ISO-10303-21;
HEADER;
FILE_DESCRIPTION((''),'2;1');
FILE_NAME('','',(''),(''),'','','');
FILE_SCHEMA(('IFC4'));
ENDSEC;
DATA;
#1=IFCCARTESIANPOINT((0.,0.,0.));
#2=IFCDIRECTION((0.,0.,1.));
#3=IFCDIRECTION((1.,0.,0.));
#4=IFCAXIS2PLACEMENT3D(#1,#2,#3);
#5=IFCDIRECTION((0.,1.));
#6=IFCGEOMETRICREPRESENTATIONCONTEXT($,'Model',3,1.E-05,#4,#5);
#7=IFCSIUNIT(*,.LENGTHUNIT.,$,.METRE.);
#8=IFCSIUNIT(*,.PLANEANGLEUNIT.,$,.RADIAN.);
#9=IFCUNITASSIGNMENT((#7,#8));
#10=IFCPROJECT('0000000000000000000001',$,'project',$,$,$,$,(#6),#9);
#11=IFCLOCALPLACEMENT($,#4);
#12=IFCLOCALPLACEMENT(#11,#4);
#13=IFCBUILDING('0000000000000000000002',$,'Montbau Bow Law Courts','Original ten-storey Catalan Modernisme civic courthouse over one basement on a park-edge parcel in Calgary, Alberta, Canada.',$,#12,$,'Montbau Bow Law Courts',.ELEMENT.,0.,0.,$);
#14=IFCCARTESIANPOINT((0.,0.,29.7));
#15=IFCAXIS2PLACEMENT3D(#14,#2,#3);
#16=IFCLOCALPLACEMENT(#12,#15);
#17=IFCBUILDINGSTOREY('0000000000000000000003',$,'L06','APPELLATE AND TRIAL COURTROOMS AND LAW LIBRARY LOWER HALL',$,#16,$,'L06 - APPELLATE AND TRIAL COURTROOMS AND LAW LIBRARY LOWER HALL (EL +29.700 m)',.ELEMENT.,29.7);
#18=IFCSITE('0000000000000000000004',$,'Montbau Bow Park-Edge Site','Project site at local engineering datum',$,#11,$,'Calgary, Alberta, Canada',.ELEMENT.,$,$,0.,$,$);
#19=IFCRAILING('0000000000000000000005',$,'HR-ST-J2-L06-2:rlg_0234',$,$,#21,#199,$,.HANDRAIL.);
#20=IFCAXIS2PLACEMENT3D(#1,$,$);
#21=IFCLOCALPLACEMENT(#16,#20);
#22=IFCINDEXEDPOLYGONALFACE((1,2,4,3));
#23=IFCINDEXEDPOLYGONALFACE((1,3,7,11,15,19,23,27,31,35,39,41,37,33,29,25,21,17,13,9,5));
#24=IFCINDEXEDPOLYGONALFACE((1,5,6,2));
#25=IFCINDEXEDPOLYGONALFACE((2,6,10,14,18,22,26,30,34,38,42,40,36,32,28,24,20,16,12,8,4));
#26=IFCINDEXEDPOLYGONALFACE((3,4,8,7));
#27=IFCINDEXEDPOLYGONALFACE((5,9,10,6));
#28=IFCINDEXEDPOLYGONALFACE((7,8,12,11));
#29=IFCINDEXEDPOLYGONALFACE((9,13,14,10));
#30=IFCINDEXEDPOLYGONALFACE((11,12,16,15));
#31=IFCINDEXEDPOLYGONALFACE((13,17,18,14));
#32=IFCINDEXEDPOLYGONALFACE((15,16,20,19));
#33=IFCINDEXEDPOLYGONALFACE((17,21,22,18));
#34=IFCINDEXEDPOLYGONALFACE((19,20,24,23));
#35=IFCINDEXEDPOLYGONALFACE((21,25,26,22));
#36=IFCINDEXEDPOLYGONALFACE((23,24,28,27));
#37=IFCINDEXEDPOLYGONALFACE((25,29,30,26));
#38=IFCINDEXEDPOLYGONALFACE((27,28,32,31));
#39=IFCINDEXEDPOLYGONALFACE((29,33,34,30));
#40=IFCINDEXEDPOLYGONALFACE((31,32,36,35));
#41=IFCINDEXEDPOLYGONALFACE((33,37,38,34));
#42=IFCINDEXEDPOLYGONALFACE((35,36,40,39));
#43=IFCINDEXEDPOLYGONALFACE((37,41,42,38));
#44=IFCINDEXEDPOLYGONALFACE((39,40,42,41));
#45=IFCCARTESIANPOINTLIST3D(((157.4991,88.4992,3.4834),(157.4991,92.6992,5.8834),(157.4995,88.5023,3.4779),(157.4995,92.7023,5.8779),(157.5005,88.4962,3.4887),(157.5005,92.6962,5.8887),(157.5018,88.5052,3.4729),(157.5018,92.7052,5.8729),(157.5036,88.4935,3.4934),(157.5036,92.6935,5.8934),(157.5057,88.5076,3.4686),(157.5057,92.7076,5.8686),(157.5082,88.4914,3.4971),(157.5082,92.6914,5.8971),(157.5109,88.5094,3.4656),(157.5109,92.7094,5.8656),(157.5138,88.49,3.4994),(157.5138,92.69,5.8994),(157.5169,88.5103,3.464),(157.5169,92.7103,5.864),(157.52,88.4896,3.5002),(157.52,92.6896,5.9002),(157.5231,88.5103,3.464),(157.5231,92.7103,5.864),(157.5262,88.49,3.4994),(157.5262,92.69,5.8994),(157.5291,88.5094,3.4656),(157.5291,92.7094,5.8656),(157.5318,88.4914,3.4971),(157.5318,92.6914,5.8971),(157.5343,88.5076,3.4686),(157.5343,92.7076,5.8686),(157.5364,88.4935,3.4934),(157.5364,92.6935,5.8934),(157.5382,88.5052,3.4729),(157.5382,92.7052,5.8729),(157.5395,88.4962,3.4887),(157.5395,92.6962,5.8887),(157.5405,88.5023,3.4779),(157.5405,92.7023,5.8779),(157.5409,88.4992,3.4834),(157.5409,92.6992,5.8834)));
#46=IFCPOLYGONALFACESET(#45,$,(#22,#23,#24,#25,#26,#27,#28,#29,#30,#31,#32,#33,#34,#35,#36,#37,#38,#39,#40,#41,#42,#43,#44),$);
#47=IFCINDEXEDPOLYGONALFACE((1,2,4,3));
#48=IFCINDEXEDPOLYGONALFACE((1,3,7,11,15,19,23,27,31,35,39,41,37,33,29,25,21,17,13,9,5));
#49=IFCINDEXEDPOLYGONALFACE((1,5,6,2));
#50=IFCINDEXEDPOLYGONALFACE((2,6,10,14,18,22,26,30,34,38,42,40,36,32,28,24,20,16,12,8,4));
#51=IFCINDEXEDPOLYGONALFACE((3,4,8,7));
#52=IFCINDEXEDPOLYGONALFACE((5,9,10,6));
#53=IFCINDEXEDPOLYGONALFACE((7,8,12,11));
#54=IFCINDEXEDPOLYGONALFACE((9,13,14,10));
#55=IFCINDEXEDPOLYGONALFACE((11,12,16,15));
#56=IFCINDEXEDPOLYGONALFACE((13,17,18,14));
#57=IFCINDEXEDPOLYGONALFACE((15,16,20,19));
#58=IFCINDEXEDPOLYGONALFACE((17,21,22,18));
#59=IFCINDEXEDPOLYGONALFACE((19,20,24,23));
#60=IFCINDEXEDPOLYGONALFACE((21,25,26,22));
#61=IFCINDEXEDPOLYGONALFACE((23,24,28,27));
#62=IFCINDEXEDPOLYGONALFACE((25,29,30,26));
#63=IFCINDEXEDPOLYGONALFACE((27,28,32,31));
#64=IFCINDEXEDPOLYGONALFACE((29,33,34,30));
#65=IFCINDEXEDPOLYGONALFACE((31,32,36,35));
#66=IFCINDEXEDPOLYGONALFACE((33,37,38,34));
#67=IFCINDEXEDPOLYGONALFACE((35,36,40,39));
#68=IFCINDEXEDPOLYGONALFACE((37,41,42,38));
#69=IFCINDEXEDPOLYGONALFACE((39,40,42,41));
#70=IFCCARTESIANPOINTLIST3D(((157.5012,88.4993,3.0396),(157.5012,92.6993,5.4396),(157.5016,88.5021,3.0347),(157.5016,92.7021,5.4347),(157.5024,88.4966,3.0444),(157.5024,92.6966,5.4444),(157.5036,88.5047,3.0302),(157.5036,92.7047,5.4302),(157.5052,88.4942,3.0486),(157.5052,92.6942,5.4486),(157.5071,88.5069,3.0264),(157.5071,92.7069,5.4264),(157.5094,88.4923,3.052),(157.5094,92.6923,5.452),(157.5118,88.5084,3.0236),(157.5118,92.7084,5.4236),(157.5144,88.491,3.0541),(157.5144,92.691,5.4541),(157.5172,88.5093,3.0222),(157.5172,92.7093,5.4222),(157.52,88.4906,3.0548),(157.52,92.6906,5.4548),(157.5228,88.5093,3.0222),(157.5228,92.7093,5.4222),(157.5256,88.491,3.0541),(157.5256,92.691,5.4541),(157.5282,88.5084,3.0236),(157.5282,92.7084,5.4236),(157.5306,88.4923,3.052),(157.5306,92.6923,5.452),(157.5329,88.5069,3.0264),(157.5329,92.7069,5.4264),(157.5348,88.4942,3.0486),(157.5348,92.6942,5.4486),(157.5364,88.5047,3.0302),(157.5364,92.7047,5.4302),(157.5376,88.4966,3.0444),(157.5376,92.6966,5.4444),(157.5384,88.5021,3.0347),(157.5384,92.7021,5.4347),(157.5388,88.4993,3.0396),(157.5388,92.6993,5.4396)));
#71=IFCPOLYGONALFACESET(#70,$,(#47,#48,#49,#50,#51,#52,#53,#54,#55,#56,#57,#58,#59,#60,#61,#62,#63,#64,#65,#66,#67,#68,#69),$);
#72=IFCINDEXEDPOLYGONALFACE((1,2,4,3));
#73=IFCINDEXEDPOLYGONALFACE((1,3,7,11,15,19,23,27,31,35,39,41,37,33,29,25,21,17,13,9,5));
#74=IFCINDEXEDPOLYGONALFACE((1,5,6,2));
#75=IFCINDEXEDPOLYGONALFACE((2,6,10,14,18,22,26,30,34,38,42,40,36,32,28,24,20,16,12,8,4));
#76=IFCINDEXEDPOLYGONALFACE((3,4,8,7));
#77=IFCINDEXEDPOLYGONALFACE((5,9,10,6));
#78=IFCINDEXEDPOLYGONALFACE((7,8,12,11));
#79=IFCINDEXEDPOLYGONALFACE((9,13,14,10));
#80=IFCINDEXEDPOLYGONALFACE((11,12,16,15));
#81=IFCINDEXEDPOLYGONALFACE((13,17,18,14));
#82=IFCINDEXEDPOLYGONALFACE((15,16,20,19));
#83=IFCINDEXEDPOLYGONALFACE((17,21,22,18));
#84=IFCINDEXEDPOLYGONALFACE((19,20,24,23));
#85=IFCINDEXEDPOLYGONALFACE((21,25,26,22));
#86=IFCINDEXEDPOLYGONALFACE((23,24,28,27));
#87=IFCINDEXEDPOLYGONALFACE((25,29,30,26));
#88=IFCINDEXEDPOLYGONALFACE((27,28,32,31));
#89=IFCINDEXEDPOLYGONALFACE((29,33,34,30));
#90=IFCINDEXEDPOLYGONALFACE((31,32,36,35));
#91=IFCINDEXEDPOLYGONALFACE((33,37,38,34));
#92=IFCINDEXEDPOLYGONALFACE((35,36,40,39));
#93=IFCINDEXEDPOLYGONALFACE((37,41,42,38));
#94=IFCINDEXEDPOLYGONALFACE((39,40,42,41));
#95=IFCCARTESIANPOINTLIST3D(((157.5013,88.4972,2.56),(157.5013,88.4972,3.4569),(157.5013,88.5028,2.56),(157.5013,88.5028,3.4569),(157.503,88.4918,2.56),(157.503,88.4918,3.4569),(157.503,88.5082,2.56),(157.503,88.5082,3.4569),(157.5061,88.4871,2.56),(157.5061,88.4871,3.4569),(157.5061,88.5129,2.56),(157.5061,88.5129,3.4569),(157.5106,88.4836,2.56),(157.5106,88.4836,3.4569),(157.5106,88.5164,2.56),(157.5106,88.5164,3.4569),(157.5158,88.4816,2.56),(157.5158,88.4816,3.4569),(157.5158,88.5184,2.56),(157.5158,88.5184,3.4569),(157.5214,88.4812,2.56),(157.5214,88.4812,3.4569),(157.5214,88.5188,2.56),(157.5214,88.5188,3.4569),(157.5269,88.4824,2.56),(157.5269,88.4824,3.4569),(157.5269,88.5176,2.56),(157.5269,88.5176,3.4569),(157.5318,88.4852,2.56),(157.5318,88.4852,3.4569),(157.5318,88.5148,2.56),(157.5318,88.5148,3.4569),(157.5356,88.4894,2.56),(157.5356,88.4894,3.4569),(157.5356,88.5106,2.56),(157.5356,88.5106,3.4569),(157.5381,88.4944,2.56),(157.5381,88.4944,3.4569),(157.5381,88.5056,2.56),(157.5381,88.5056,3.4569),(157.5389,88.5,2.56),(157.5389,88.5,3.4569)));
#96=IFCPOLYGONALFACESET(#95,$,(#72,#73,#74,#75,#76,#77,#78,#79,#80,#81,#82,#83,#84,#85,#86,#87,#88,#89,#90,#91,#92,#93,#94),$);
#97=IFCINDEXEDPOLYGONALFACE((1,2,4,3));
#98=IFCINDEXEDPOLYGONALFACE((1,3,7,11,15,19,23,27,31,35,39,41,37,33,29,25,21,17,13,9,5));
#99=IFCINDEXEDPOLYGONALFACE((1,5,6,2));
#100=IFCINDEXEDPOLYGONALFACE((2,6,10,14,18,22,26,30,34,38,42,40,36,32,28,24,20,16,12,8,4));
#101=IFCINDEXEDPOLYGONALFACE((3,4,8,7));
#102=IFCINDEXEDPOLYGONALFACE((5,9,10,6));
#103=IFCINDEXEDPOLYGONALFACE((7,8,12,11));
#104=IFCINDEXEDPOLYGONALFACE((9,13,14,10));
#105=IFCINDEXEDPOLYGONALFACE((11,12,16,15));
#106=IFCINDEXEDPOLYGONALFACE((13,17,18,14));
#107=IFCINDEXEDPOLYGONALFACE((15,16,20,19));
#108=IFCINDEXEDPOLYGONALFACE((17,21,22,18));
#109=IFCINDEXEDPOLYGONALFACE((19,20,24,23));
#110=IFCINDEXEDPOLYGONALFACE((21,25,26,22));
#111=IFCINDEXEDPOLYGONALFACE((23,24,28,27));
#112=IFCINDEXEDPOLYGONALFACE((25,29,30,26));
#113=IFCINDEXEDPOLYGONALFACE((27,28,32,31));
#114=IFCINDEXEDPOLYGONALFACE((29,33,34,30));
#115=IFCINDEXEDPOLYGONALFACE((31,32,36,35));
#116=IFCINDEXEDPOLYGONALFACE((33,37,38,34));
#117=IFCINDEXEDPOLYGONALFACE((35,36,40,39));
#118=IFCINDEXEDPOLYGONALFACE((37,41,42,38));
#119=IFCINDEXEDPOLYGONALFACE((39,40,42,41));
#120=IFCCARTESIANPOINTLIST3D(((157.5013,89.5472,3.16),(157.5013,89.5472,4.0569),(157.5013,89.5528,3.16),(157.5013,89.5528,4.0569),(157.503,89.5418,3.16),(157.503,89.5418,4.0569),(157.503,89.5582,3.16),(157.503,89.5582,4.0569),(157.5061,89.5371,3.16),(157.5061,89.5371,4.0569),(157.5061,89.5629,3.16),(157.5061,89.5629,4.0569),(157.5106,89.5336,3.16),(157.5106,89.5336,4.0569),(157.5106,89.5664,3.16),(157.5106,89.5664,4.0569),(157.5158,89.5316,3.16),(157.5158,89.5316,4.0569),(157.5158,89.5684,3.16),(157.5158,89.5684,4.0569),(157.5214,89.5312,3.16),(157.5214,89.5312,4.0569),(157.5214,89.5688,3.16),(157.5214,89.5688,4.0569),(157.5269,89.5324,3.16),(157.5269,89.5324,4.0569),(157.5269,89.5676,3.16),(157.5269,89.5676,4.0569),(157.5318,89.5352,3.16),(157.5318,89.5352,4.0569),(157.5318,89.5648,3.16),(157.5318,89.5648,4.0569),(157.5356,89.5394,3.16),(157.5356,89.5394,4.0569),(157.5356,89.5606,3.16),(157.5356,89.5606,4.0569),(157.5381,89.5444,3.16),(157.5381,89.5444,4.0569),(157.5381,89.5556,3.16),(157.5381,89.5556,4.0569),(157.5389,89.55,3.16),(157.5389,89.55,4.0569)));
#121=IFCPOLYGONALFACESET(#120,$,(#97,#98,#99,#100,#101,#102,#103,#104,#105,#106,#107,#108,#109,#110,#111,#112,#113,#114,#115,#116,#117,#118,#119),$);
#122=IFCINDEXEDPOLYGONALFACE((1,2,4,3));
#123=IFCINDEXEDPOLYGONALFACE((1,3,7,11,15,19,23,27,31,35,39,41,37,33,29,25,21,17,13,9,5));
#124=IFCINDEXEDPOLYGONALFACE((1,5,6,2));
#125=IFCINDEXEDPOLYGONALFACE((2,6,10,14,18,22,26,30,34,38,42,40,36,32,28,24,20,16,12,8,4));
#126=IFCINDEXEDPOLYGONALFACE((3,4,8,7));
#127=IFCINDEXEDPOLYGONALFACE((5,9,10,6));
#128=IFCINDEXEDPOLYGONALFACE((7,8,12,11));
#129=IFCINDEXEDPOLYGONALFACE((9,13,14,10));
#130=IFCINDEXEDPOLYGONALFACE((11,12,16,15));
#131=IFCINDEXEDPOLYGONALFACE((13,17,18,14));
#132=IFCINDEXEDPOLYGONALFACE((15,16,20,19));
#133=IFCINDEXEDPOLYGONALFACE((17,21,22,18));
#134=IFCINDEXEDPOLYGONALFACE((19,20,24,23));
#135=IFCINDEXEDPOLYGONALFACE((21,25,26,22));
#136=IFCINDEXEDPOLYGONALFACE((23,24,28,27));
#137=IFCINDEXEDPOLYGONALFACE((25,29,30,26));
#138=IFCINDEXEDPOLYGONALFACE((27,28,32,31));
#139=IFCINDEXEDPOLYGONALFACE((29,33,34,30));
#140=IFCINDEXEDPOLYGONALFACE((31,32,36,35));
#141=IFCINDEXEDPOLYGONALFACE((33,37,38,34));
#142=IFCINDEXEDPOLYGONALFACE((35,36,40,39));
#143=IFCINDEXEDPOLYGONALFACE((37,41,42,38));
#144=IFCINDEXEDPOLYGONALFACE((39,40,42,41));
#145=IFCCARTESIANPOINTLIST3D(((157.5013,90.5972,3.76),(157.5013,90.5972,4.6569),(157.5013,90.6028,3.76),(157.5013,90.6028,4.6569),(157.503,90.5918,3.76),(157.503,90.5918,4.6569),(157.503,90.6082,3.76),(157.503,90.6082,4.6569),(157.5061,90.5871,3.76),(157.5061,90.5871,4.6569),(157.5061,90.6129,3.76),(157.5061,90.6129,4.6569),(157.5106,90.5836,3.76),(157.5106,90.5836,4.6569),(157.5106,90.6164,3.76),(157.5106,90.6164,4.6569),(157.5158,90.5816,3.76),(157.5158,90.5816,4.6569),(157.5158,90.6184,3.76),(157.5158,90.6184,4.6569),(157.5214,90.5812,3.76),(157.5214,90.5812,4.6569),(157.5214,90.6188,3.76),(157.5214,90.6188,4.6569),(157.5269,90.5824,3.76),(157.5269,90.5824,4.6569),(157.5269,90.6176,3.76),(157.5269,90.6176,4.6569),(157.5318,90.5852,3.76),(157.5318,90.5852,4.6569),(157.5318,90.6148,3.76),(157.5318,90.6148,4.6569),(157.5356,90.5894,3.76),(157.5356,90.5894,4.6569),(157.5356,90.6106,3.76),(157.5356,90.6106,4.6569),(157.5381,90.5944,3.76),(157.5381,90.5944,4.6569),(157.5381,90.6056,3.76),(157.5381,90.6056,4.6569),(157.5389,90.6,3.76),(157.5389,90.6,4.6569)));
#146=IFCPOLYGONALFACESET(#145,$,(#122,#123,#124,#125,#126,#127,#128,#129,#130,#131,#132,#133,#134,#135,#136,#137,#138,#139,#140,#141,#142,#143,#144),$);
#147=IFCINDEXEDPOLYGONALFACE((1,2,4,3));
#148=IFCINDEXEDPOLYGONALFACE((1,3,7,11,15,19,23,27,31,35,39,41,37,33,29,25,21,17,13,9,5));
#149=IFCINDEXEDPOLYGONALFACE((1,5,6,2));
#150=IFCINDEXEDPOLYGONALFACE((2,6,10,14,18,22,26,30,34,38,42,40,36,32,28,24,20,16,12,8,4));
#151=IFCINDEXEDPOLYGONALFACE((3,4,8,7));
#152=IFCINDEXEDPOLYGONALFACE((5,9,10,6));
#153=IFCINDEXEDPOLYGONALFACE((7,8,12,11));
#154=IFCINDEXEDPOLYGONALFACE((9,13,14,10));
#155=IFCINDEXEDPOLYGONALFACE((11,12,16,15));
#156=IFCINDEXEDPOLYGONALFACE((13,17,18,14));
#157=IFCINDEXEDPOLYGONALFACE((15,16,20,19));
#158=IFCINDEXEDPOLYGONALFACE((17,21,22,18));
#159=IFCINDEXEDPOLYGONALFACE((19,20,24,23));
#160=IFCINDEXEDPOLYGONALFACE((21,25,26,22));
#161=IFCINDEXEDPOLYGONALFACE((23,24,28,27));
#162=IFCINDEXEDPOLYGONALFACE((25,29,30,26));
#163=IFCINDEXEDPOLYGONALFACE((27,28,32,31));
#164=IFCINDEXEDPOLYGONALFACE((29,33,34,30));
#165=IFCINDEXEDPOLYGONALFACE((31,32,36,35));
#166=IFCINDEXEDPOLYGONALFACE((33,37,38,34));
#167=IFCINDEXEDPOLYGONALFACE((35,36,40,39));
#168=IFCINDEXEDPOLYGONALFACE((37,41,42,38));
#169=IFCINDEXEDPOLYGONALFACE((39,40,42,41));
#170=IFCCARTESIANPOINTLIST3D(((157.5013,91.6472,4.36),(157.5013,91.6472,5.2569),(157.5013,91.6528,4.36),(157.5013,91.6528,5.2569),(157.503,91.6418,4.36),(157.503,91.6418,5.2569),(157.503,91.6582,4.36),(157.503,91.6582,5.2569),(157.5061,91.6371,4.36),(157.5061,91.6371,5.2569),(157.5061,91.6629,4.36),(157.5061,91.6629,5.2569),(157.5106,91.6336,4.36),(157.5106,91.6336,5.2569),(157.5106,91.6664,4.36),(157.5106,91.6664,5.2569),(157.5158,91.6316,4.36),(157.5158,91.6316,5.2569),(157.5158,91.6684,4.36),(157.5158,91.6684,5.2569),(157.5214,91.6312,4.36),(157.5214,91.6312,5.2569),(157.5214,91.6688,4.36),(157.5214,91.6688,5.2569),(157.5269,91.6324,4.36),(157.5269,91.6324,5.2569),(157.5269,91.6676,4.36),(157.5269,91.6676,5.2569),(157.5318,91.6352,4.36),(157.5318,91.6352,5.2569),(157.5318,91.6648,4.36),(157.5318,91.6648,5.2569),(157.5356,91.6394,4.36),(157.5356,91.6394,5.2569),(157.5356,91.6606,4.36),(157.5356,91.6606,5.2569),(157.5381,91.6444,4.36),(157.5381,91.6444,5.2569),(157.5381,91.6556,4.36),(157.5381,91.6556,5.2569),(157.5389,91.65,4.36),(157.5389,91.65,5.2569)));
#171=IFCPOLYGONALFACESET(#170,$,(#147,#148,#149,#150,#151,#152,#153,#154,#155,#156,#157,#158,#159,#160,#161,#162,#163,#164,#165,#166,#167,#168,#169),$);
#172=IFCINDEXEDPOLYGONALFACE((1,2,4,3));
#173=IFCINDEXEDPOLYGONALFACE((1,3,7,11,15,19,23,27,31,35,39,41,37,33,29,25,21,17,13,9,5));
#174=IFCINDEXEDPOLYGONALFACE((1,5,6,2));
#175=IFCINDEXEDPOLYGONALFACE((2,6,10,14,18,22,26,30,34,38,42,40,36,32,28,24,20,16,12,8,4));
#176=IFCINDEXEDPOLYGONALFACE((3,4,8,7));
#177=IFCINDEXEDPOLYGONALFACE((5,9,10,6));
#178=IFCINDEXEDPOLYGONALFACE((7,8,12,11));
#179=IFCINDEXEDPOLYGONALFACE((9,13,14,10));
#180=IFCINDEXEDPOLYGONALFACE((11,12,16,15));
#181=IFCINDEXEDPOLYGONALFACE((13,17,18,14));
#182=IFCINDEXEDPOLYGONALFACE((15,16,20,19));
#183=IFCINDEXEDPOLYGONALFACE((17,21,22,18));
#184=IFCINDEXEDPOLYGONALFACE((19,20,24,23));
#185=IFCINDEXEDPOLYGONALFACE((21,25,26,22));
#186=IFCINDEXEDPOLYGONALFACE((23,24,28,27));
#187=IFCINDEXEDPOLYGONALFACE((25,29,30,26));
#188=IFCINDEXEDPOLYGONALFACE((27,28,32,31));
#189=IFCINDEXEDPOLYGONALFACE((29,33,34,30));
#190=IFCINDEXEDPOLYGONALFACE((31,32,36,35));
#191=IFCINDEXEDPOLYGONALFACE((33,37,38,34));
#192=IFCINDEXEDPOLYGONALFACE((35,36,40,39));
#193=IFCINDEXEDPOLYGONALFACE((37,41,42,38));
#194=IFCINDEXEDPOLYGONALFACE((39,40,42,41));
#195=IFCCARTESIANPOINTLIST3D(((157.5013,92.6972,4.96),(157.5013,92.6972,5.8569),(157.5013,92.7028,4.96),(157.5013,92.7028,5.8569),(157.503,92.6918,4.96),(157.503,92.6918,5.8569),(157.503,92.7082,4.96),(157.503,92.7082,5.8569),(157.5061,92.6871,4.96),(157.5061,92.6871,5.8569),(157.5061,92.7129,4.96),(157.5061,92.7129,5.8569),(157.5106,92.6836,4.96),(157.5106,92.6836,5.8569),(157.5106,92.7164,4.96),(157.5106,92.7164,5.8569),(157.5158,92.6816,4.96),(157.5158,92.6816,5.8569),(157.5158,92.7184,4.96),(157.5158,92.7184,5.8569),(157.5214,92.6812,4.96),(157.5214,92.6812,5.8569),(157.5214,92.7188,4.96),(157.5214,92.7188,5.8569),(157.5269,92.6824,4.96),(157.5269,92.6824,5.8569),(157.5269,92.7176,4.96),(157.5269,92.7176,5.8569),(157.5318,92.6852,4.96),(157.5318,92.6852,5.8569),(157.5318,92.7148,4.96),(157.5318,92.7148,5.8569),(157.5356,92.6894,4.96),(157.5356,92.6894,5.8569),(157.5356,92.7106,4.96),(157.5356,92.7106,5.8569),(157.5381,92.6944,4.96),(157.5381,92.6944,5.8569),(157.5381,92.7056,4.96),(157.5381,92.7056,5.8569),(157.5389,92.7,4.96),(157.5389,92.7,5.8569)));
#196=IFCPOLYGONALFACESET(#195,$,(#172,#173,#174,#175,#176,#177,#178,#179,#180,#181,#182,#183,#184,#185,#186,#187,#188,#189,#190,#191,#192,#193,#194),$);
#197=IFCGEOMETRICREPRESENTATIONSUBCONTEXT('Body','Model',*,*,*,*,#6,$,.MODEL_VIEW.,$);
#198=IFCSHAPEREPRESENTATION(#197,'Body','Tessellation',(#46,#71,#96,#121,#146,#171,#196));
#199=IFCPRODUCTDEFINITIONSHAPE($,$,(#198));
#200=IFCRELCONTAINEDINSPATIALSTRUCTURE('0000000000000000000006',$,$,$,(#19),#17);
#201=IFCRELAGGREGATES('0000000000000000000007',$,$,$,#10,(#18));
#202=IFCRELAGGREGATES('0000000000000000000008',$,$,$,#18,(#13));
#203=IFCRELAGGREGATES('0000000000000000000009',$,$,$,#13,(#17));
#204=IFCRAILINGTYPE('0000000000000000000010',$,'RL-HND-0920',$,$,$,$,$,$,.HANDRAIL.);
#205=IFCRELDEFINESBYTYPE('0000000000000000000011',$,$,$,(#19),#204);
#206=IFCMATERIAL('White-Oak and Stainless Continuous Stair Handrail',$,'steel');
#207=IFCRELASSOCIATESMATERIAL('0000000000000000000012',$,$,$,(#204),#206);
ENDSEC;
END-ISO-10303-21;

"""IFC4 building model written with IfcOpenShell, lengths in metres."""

from ifc_helpers import new_model, si_unit, direction, frame, origin_with_axes, origin_2d_with_axis, place, context, subcontext, project, spatial, circle, extrude, material, type_object, element, save


model = new_model("IFC4")

# Units and contexts
model_context = context("Model", 3, precision=1e-05, world=origin_with_axes(), true_north=direction((0.0, 1.0)))
body_context = subcontext(model_context, "Body", "Model", "MODEL_VIEW")
ifc_project = project(units=[si_unit("LENGTHUNIT", "METRE"), si_unit("PLANEANGLEUNIT", "RADIAN")], contexts=[model_context])

# Site, building, storey
site_placement = place(None, origin_with_axes())
site = spatial("IfcSite", under=ifc_project, at=site_placement, Name="Montbau Bow Park-Edge Site", Description="Project site at local engineering datum", LongName="Calgary, Alberta, Canada", CompositionType="ELEMENT", RefElevation=0.0)
building_placement = place(site_placement, origin_with_axes())
building = spatial("IfcBuilding", under=site, at=building_placement, Name="Montbau Bow Law Courts", Description="Original ten-storey Catalan Modernisme civic courthouse over one basement on a park-edge parcel in Calgary, Alberta, Canada.", LongName="Montbau Bow Law Courts", CompositionType="ELEMENT", ElevationOfRefHeight=0.0, ElevationOfTerrain=0.0)
storey_placement = place(building_placement, frame((0.0, 0.0, 29.7), z_axis=(0.0, 0.0, 1.0), x_axis=(1.0, 0.0, 0.0)))
storey = spatial("IfcBuildingStorey", under=building, at=storey_placement, Name="L06", Description="APPELLATE AND TRIAL COURTROOMS AND LAW LIBRARY LOWER HALL", LongName="L06 - APPELLATE AND TRIAL COURTROOMS AND LAW LIBRARY LOWER HALL (EL +29.700 m)", CompositionType="ELEMENT", Elevation=29.7)

# Railing
ifc_material_1 = material(Name="White-Oak and Stainless Continuous Stair Handrail", Category="steel")
railing_type_1 = type_object("IfcRailingType", Name="RL-HND-0920", PredefinedType="HANDRAIL", material=ifc_material_1)
railing_1_placement = place(None, origin_with_axes())
element("IfcRailing", 1, at=railing_1_placement, inside=storey, type_object=railing_type_1, Name="HR-ST-J2-L06-2:rlg_0234", PredefinedType="HANDRAIL", context=body_context, shape_type="SweptSolid", body=[
    extrude(circle(Radius=0.021, at=origin_2d_with_axis()), frame((157.52, 88.5, 33.182), z_axis=(0.0, 0.868243, 0.496139), x_axis=(0.0, -0.496139, 0.868243)), (0.0, 0.0, 1.0), 4.8374),
    extrude(circle(Radius=0.0189, at=origin_2d_with_axis()), frame((157.52, 88.5, 32.7384), z_axis=(0.0, 0.868243, 0.496139), x_axis=(0.0, -0.496139, 0.868243)), (0.0, 0.0, 1.0), 4.8374),
    extrude(circle(Radius=0.0189, at=origin_2d_with_axis()), frame((157.52, 88.5, 32.26), z_axis=(0.0, 0.0, 1.0), x_axis=(1.0, 0.0, 0.0)), (0.0, 0.0, 1.0), 0.8969),
    extrude(circle(Radius=0.0189, at=origin_2d_with_axis()), frame((157.52, 89.55, 32.86), z_axis=(0.0, 0.0, 1.0), x_axis=(1.0, 0.0, 0.0)), (0.0, 0.0, 1.0), 0.8969),
    extrude(circle(Radius=0.0189, at=origin_2d_with_axis()), frame((157.52, 90.6, 33.46), z_axis=(0.0, 0.0, 1.0), x_axis=(1.0, 0.0, 0.0)), (0.0, 0.0, 1.0), 0.8969),
    extrude(circle(Radius=0.0189, at=origin_2d_with_axis()), frame((157.52, 91.65, 34.06), z_axis=(0.0, 0.0, 1.0), x_axis=(1.0, 0.0, 0.0)), (0.0, 0.0, 1.0), 0.8969),
    extrude(circle(Radius=0.0189, at=origin_2d_with_axis()), frame((157.52, 92.7, 34.66), z_axis=(0.0, 0.0, 1.0), x_axis=(1.0, 0.0, 0.0)), (0.0, 0.0, 1.0), 0.8969),
])

save(model, "model.ifc")
